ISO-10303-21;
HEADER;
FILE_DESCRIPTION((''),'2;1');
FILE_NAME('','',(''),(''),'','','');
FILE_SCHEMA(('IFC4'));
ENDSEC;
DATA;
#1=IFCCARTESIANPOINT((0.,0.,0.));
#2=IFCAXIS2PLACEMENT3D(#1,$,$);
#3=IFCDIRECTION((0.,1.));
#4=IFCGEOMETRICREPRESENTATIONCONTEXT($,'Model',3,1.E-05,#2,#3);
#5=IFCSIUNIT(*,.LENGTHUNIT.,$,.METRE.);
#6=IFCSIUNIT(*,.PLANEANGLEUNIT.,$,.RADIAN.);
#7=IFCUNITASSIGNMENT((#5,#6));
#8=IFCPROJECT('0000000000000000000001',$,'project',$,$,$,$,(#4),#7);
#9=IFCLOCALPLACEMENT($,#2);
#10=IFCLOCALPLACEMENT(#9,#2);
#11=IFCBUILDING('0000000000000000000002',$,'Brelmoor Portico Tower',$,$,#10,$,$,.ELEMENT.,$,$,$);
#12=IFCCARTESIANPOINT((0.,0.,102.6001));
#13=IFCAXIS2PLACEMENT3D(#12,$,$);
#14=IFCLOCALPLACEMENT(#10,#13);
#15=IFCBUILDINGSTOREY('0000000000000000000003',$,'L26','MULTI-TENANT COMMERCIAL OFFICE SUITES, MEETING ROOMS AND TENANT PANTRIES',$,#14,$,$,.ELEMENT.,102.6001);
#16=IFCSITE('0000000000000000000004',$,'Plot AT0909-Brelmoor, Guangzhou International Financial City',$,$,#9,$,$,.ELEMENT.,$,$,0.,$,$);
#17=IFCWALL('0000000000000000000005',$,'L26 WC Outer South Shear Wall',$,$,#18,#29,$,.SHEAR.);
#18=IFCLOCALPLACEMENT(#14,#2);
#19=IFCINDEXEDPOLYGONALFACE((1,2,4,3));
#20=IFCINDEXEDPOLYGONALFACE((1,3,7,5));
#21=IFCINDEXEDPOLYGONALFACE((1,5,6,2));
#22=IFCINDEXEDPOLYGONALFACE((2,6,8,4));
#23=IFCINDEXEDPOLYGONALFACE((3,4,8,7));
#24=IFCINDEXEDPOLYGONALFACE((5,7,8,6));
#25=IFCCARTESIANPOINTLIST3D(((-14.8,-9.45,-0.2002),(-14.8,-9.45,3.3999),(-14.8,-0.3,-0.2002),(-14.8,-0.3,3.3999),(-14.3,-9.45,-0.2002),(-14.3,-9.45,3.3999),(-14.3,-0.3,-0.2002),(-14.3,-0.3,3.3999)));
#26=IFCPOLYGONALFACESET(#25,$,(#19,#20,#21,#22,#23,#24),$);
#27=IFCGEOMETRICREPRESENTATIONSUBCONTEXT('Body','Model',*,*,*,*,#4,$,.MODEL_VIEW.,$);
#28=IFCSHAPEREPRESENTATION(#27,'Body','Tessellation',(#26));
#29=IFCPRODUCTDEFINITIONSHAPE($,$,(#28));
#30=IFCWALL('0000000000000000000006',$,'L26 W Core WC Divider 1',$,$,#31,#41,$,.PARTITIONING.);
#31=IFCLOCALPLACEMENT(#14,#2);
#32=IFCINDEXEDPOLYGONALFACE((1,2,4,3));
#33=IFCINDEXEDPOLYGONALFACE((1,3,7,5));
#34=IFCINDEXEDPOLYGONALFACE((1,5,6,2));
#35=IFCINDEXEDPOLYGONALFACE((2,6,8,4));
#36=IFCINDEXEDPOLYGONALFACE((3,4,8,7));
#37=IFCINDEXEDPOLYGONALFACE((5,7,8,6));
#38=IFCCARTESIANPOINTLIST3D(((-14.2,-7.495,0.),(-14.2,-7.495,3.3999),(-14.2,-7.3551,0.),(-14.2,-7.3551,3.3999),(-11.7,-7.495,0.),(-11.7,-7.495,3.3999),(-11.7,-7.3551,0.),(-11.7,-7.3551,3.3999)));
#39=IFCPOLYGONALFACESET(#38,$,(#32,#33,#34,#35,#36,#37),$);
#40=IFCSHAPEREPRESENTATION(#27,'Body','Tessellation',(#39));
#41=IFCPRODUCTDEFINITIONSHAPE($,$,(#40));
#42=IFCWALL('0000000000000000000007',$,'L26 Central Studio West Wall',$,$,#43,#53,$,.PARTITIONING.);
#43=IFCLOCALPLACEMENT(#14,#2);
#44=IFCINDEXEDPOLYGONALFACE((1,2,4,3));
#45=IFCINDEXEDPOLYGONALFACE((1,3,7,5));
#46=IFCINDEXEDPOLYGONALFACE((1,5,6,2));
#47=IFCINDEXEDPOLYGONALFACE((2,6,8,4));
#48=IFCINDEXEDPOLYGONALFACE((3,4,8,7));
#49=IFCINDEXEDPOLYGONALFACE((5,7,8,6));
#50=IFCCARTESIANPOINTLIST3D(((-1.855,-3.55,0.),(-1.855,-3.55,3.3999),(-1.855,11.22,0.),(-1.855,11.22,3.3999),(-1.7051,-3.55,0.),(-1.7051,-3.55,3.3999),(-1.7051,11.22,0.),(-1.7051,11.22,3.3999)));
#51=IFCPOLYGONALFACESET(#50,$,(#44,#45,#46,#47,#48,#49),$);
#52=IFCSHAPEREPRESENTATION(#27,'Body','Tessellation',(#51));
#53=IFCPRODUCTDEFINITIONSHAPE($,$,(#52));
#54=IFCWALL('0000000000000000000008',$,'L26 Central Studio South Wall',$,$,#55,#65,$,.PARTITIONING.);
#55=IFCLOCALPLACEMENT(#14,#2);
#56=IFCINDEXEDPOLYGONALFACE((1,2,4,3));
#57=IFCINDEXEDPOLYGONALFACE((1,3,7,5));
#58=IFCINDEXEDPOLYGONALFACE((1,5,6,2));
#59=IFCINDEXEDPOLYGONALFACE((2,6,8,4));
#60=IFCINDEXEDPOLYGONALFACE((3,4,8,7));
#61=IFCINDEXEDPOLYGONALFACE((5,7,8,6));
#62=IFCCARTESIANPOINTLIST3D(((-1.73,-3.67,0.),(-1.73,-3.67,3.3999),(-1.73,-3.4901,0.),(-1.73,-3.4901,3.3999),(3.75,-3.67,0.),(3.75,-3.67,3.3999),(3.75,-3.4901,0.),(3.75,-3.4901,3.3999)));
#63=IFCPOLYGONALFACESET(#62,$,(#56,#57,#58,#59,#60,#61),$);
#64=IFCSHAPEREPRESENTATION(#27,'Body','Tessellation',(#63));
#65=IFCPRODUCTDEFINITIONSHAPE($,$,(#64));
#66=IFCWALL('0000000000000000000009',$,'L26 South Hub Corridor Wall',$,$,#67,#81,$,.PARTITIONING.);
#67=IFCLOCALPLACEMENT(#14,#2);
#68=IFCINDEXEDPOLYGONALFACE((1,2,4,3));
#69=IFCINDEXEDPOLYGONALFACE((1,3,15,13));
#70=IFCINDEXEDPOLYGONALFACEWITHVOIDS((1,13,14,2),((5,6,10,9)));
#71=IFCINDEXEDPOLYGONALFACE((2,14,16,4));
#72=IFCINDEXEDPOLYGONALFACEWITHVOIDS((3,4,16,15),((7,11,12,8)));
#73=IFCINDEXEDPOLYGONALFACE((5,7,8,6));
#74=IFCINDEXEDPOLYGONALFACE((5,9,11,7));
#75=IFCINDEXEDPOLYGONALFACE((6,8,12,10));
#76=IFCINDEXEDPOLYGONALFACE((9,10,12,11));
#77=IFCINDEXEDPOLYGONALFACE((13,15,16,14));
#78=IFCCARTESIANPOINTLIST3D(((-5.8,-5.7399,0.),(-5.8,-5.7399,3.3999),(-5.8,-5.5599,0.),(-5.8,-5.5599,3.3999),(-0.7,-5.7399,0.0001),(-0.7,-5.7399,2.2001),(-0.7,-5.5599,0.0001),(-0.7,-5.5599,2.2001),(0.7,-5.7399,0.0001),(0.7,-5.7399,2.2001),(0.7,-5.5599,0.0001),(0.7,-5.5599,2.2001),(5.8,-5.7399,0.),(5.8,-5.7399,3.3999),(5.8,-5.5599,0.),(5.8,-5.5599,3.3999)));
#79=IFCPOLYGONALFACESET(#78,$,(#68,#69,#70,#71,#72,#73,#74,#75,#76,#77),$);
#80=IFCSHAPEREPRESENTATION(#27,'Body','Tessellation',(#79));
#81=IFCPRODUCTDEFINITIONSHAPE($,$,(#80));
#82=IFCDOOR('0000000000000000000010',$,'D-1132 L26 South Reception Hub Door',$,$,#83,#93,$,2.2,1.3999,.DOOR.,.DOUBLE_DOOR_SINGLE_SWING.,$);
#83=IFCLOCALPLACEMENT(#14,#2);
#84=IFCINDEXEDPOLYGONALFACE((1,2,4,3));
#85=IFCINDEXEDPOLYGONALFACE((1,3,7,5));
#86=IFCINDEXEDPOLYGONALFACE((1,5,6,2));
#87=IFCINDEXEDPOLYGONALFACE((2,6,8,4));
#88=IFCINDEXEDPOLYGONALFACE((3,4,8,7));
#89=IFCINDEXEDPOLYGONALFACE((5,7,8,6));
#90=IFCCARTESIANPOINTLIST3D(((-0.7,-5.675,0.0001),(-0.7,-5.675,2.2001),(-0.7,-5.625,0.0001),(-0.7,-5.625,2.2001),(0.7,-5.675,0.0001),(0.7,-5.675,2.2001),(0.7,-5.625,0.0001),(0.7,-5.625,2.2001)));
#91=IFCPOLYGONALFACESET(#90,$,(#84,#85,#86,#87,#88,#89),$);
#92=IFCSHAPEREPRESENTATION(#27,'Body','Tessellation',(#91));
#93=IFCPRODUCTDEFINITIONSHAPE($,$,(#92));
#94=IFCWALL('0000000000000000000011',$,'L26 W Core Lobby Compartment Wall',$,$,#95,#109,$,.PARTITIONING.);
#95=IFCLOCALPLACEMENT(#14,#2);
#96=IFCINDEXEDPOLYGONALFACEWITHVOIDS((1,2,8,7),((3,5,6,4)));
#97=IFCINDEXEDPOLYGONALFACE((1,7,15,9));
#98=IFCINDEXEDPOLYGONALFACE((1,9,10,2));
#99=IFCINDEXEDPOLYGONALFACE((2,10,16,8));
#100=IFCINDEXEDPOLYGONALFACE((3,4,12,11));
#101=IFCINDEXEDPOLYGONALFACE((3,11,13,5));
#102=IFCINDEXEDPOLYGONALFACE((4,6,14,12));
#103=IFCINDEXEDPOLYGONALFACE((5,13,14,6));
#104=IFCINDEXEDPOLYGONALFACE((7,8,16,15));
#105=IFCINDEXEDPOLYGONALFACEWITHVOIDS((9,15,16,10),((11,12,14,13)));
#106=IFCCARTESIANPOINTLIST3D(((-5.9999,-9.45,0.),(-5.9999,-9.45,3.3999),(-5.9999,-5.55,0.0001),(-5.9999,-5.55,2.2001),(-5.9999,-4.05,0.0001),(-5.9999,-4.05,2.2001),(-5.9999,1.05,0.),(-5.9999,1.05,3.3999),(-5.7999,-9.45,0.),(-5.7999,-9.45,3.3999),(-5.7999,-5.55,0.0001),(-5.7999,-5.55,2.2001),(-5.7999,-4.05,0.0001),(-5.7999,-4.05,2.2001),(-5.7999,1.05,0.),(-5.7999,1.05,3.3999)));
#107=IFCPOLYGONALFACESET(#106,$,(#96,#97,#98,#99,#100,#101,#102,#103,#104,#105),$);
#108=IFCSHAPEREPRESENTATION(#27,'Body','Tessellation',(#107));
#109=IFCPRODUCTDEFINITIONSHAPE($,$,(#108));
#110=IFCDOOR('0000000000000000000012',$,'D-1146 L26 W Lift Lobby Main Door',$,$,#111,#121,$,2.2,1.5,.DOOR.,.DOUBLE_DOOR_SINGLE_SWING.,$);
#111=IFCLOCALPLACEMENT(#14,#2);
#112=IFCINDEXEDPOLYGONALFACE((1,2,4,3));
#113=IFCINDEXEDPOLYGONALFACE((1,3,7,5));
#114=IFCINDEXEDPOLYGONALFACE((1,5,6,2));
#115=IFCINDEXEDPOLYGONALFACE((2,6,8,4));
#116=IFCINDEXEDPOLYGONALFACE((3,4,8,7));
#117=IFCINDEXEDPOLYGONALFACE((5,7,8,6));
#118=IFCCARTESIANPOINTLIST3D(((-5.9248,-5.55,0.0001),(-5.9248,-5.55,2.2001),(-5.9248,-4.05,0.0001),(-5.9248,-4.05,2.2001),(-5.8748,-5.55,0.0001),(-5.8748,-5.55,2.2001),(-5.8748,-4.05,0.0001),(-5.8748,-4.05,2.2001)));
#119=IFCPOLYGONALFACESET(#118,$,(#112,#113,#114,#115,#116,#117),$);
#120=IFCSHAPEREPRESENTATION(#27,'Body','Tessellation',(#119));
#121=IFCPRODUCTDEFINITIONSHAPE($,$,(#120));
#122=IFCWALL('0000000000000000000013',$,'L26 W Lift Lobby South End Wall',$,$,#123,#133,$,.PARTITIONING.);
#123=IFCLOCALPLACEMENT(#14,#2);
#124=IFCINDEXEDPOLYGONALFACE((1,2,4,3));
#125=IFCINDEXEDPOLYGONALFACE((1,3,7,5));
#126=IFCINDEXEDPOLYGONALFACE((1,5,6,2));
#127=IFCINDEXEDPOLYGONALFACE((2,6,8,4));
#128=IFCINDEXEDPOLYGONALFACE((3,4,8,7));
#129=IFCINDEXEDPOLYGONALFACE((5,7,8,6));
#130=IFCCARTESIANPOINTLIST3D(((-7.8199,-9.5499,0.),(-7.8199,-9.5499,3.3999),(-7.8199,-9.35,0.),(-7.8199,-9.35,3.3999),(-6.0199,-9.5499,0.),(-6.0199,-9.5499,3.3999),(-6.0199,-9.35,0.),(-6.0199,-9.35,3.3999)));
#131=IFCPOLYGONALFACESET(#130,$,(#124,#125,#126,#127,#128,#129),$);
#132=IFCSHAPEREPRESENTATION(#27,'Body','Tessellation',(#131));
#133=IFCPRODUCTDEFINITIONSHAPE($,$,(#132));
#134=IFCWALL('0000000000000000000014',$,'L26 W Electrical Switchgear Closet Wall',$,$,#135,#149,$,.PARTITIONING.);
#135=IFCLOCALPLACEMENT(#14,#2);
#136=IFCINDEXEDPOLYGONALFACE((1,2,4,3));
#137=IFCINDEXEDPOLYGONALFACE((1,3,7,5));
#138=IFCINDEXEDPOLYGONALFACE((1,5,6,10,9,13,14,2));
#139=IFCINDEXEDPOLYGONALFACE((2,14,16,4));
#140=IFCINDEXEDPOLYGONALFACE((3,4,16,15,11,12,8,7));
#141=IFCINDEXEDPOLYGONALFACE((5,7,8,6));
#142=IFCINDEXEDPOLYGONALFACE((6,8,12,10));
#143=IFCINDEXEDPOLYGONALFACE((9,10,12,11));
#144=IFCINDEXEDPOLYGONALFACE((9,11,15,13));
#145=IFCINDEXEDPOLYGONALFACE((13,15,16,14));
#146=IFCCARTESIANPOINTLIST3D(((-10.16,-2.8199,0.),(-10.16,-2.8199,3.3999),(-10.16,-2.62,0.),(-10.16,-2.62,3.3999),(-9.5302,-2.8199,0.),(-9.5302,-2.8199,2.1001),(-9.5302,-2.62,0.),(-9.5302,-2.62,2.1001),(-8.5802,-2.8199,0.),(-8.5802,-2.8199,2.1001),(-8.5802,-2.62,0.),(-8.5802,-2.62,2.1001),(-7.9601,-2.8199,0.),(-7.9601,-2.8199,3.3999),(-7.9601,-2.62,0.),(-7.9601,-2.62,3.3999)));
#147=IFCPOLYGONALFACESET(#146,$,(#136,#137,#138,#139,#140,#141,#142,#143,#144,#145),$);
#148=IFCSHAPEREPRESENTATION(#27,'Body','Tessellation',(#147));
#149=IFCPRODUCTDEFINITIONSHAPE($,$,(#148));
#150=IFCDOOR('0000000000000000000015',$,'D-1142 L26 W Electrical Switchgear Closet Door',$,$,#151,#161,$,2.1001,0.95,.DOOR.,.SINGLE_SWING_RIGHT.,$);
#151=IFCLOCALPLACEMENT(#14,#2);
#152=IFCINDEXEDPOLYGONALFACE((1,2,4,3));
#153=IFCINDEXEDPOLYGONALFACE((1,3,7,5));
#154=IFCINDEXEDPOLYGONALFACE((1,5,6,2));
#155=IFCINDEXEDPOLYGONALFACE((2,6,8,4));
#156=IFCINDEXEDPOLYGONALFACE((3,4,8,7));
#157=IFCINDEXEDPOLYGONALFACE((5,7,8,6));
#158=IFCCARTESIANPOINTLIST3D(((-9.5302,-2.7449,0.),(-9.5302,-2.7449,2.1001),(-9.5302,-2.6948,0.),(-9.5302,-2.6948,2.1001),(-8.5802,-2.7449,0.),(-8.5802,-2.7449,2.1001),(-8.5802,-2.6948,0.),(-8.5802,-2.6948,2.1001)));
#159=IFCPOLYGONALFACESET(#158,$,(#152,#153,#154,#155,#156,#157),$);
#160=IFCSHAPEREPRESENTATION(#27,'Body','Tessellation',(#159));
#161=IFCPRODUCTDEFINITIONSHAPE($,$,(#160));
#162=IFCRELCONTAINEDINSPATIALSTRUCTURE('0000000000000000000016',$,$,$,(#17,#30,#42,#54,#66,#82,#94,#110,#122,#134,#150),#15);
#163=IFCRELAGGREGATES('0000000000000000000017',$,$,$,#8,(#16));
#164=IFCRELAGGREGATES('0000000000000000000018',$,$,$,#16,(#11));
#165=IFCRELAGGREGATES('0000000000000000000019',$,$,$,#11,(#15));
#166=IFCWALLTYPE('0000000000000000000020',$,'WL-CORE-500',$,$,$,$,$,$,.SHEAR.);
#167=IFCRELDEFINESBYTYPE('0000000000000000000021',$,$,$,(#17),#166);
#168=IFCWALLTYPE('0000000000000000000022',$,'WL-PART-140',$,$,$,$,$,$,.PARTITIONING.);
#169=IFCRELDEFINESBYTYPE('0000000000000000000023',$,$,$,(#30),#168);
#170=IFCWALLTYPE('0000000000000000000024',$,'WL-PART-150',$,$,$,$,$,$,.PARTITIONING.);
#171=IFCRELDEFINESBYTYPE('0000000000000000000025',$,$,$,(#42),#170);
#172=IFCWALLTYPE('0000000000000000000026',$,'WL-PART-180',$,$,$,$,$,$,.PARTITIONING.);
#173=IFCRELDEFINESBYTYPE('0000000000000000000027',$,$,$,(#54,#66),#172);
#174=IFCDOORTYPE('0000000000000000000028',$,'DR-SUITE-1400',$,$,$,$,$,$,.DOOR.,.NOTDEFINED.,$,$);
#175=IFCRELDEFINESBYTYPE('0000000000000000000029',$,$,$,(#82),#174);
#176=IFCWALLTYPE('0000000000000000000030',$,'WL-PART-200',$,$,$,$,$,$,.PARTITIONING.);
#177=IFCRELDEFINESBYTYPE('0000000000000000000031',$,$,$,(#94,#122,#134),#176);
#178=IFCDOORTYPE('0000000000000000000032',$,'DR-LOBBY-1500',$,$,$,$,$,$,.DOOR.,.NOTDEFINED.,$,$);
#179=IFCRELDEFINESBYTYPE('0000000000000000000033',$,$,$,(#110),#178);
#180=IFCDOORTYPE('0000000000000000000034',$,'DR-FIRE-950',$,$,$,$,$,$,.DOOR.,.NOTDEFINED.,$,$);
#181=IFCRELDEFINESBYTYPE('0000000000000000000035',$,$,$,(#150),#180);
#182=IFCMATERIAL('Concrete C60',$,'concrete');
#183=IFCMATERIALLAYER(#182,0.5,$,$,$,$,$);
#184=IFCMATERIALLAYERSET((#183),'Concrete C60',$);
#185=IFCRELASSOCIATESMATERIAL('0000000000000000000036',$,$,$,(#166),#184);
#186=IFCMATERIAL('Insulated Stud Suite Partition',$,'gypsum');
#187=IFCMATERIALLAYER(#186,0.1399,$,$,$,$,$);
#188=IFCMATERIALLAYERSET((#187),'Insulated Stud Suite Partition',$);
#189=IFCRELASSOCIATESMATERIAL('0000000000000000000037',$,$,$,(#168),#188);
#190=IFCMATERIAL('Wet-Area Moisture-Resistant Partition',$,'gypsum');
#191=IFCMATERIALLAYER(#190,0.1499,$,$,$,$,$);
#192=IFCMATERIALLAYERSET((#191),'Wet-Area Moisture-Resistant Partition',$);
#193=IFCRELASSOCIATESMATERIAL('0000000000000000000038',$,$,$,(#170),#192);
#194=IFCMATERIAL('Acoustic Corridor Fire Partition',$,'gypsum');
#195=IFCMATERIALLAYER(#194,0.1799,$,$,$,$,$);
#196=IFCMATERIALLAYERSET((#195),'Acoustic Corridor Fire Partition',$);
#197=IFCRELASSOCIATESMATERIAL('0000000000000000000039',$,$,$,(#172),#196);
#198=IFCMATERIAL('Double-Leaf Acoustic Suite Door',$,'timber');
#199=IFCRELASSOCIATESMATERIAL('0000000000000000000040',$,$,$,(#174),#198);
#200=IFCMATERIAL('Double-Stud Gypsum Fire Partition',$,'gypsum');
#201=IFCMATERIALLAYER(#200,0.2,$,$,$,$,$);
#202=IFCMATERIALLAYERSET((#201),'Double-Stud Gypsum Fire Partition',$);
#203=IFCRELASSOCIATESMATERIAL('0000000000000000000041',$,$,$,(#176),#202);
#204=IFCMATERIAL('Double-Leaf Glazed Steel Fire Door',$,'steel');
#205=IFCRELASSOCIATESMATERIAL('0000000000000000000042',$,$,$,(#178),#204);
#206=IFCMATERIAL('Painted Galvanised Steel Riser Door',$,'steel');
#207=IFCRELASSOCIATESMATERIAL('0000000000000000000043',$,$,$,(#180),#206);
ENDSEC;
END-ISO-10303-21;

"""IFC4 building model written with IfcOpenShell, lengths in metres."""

from ifc_helpers import new_model, si_unit, direction, frame, frame_2d, origin, place, context, subcontext, project, spatial, rectangle, extrude, material, layer, layer_set, type_object, element, fill, save


model = new_model("IFC4")

# Units and contexts
model_context = context("Model", 3, precision=1e-05, world=origin(), true_north=direction((0.0, 1.0)))
body_context = subcontext(model_context, "Body", "Model", "MODEL_VIEW")
ifc_project = project(units=[si_unit("LENGTHUNIT", "METRE"), si_unit("PLANEANGLEUNIT", "RADIAN")], contexts=[model_context])

# Site, building, storey
site_placement = place(None, origin())
site = spatial("IfcSite", under=ifc_project, at=site_placement, Name="Plot AT0909-Brelmoor, Guangzhou International Financial City", CompositionType="ELEMENT", RefElevation=0.0)
building_placement = place(site_placement, origin())
building = spatial("IfcBuilding", under=site, at=building_placement, Name="Brelmoor Portico Tower", CompositionType="ELEMENT")
storey_placement = place(building_placement, frame((0.0, 0.0, 102.6001)))
storey = spatial("IfcBuildingStorey", under=building, at=storey_placement, Name="L26", Description="MULTI-TENANT COMMERCIAL OFFICE SUITES, MEETING ROOMS AND TENANT PANTRIES", CompositionType="ELEMENT", Elevation=102.6001)

# Walls
ifc_material_1 = material(Name="Concrete C60", Category="concrete")
ifc_layer_1 = layer(ifc_material_1, 0.5)
ifc_layer_set_1 = layer_set([ifc_layer_1], Name="Concrete C60")
wall_type_1 = type_object("IfcWallType", Name="WL-CORE-500", PredefinedType="SHEAR", material=ifc_layer_set_1)
wall_1_placement = place(storey_placement, frame((-14.55, -9.45, -0.2002), z_axis=(0.0, 0.0, 1.0), x_axis=(0.0, 1.0, 0.0)))
element("IfcWall", 1, at=wall_1_placement, inside=storey, type_object=wall_type_1, Name="L26 WC Outer South Shear Wall", PredefinedType="SHEAR", context=body_context, shape_type="SweptSolid", body=[
    extrude(rectangle(XDim=9.1499, YDim=0.5, at=frame_2d((4.575, 0.0))), origin(), (0.0, 0.0, 1.0), 3.6001),
])
ifc_material_2 = material(Name="Insulated Stud Suite Partition", Category="gypsum")
ifc_layer_2 = layer(ifc_material_2, 0.1399)
ifc_layer_set_2 = layer_set([ifc_layer_2], Name="Insulated Stud Suite Partition")
wall_type_2 = type_object("IfcWallType", Name="WL-PART-140", PredefinedType="PARTITIONING", material=ifc_layer_set_2)
wall_2_placement = place(storey_placement, frame((-11.7, -7.425, 0.0), z_axis=(0.0, 0.0, 1.0), x_axis=(-1.0, 0.0, 0.0)))
element("IfcWall", 2, at=wall_2_placement, inside=storey, type_object=wall_type_2, Name="L26 W Core WC Divider 1", PredefinedType="PARTITIONING", context=body_context, shape_type="SweptSolid", body=[
    extrude(rectangle(XDim=2.5, YDim=0.1399, at=frame_2d((1.25, 0.0))), origin(), (0.0, 0.0, 1.0), 3.3999),
])
ifc_material_3 = material(Name="Wet-Area Moisture-Resistant Partition", Category="gypsum")
ifc_layer_3 = layer(ifc_material_3, 0.1499)
ifc_layer_set_3 = layer_set([ifc_layer_3], Name="Wet-Area Moisture-Resistant Partition")
wall_type_3 = type_object("IfcWallType", Name="WL-PART-150", PredefinedType="PARTITIONING", material=ifc_layer_set_3)
wall_3_placement = place(storey_placement, frame((-1.78, -3.55, 0.0), z_axis=(0.0, 0.0, 1.0), x_axis=(0.0, 1.0, 0.0)))
element("IfcWall", 3, at=wall_3_placement, inside=storey, type_object=wall_type_3, Name="L26 Central Studio West Wall", PredefinedType="PARTITIONING", context=body_context, shape_type="SweptSolid", body=[
    extrude(rectangle(XDim=14.77, YDim=0.1499, at=frame_2d((7.385, 0.0))), origin(), (0.0, 0.0, 1.0), 3.3999),
])

# Wall
ifc_material_4 = material(Name="Acoustic Corridor Fire Partition", Category="gypsum")
ifc_layer_4 = layer(ifc_material_4, 0.1799)
ifc_layer_set_4 = layer_set([ifc_layer_4], Name="Acoustic Corridor Fire Partition")
wall_type_4 = type_object("IfcWallType", Name="WL-PART-180", PredefinedType="PARTITIONING", material=ifc_layer_set_4)
wall_4_placement = place(storey_placement, frame((-1.73, -3.5801, 0.0), z_axis=(0.0, 0.0, 1.0), x_axis=(1.0, 0.0, 0.0)))
element("IfcWall", 4, at=wall_4_placement, inside=storey, type_object=wall_type_4, Name="L26 Central Studio South Wall", PredefinedType="PARTITIONING", context=body_context, shape_type="SweptSolid", body=[
    extrude(rectangle(XDim=5.48, YDim=0.1799, at=frame_2d((2.74, 0.0))), origin(), (0.0, 0.0, 1.0), 3.3999),
])

# Walls, openings, doors
wall_5_placement = place(storey_placement, frame((-5.8, -5.6499, 0.0), z_axis=(0.0, 0.0, 1.0), x_axis=(1.0, 0.0, 0.0)))
wall_5 = element("IfcWall", 5, at=wall_5_placement, inside=storey, type_object=wall_type_4, Name="L26 South Hub Corridor Wall", PredefinedType="PARTITIONING", context=body_context, shape_type="SweptSolid", body=[
    extrude(rectangle(XDim=11.6001, YDim=0.1799, at=frame_2d((5.8, 0.0))), origin(), (0.0, 0.0, 1.0), 3.3999),
])
opening_1_placement = place(wall_5_placement, frame((5.1001, 0.0, 0.0)))
opening_1 = element("IfcOpeningElement", 6, at=opening_1_placement, cuts=wall_5, PredefinedType="OPENING", context=body_context, shape_type="SweptSolid", body=[
    extrude(rectangle(XDim=1.3999, YDim=2.2, at=frame_2d((0.7, 1.1001))), frame((0.0, 0.0999, 0.0), z_axis=(0.0, -1.0, 0.0), x_axis=(1.0, 0.0, 0.0)), (0.0, 0.0, 1.0), 0.2),
])
ifc_material_5 = material(Name="Double-Leaf Acoustic Suite Door", Category="timber")
door_type_1 = type_object("IfcDoorType", Name="DR-SUITE-1400", OperationType="NOTDEFINED", PredefinedType="DOOR", material=ifc_material_5)
door_1_placement = place(opening_1_placement, origin())
door_1 = element("IfcDoor", 7, at=door_1_placement, inside=storey, type_object=door_type_1, Name="D-1132 L26 South Reception Hub Door", OperationType="DOUBLE_DOOR_SINGLE_SWING", OverallHeight=2.2, OverallWidth=1.3999, PredefinedType="DOOR", context=body_context, shape_type="SweptSolid", body=[
    extrude(rectangle(XDim=1.3999, YDim=2.2, at=frame_2d((0.7, 1.1001))), frame((0.0, 0.0249, 0.0), z_axis=(0.0, -1.0, 0.0), x_axis=(1.0, 0.0, 0.0)), (0.0, 0.0, 1.0), 0.05),
])
fill(opening_1, door_1)
ifc_material_6 = material(Name="Double-Stud Gypsum Fire Partition", Category="gypsum")
ifc_layer_5 = layer(ifc_material_6, 0.2)
ifc_layer_set_5 = layer_set([ifc_layer_5], Name="Double-Stud Gypsum Fire Partition")
wall_type_5 = type_object("IfcWallType", Name="WL-PART-200", PredefinedType="PARTITIONING", material=ifc_layer_set_5)
wall_6_placement = place(storey_placement, frame((-5.8999, -9.45, 0.0), z_axis=(0.0, 0.0, 1.0), x_axis=(0.0, 1.0, 0.0)))
wall_6 = element("IfcWall", 8, at=wall_6_placement, inside=storey, type_object=wall_type_5, Name="L26 W Core Lobby Compartment Wall", PredefinedType="PARTITIONING", context=body_context, shape_type="SweptSolid", body=[
    extrude(rectangle(XDim=10.5, YDim=0.2, at=frame_2d((5.25, 0.0))), origin(), (0.0, 0.0, 1.0), 3.3999),
])
opening_2_placement = place(wall_6_placement, frame((3.8999, 0.0, 0.0)))
opening_2 = element("IfcOpeningElement", 9, at=opening_2_placement, cuts=wall_6, PredefinedType="OPENING", context=body_context, shape_type="SweptSolid", body=[
    extrude(rectangle(XDim=1.5, YDim=2.2, at=frame_2d((0.75, 1.1001))), frame((0.0, 0.1099, 0.0), z_axis=(0.0, -1.0, 0.0), x_axis=(1.0, 0.0, 0.0)), (0.0, 0.0, 1.0), 0.22),
])
ifc_material_7 = material(Name="Double-Leaf Glazed Steel Fire Door", Category="steel")
door_type_2 = type_object("IfcDoorType", Name="DR-LOBBY-1500", OperationType="NOTDEFINED", PredefinedType="DOOR", material=ifc_material_7)
door_2_placement = place(opening_2_placement, origin())
door_2 = element("IfcDoor", 10, at=door_2_placement, inside=storey, type_object=door_type_2, Name="D-1146 L26 W Lift Lobby Main Door", OperationType="DOUBLE_DOOR_SINGLE_SWING", OverallHeight=2.2, OverallWidth=1.5, PredefinedType="DOOR", context=body_context, shape_type="SweptSolid", body=[
    extrude(rectangle(XDim=1.5, YDim=2.2, at=frame_2d((0.75, 1.1001))), frame((0.0, 0.0249, 0.0), z_axis=(0.0, -1.0, 0.0), x_axis=(1.0, 0.0, 0.0)), (0.0, 0.0, 1.0), 0.05),
])
fill(opening_2, door_2)

# Wall
wall_7_placement = place(storey_placement, frame((-6.02, -9.45, 0.0), z_axis=(0.0, 0.0, 1.0), x_axis=(-1.0, 0.0, 0.0)))
element("IfcWall", 11, at=wall_7_placement, inside=storey, type_object=wall_type_5, Name="L26 W Lift Lobby South End Wall", PredefinedType="PARTITIONING", context=body_context, shape_type="SweptSolid", body=[
    extrude(rectangle(XDim=1.8, YDim=0.2, at=frame_2d((0.8999, 0.0))), origin(), (0.0, 0.0, 1.0), 3.3999),
])

# Wall, opening, door
wall_8_placement = place(storey_placement, frame((-7.96, -2.72, 0.0), z_axis=(0.0, 0.0, 1.0), x_axis=(-1.0, 0.0, 0.0)))
wall_8 = element("IfcWall", 12, at=wall_8_placement, inside=storey, type_object=wall_type_5, Name="L26 W Electrical Switchgear Closet Wall", PredefinedType="PARTITIONING", context=body_context, shape_type="SweptSolid", body=[
    extrude(rectangle(XDim=2.2, YDim=0.2, at=frame_2d((1.1001, 0.0))), origin(), (0.0, 0.0, 1.0), 3.3999),
])
opening_3_placement = place(wall_8_placement, frame((0.6201, 0.0, 0.0)))
opening_3 = element("IfcOpeningElement", 13, at=opening_3_placement, cuts=wall_8, PredefinedType="OPENING", context=body_context, shape_type="SweptSolid", body=[
    extrude(rectangle(XDim=0.95, YDim=2.1001, at=frame_2d((0.4751, 1.05))), frame((0.0, 0.1099, 0.0), z_axis=(0.0, -1.0, 0.0), x_axis=(1.0, 0.0, 0.0)), (0.0, 0.0, 1.0), 0.22),
])
ifc_material_8 = material(Name="Painted Galvanised Steel Riser Door", Category="steel")
door_type_3 = type_object("IfcDoorType", Name="DR-FIRE-950", OperationType="NOTDEFINED", PredefinedType="DOOR", material=ifc_material_8)
door_3_placement = place(opening_3_placement, origin())
door_3 = element("IfcDoor", 14, at=door_3_placement, inside=storey, type_object=door_type_3, Name="D-1142 L26 W Electrical Switchgear Closet Door", OperationType="SINGLE_SWING_RIGHT", OverallHeight=2.1001, OverallWidth=0.95, PredefinedType="DOOR", context=body_context, shape_type="SweptSolid", body=[
    extrude(rectangle(XDim=0.95, YDim=2.1001, at=frame_2d((0.4751, 1.05))), frame((0.0, 0.0249, 0.0), z_axis=(0.0, -1.0, 0.0), x_axis=(1.0, 0.0, 0.0)), (0.0, 0.0, 1.0), 0.05),
])
fill(opening_3, door_3)

save(model, "model.ifc")
